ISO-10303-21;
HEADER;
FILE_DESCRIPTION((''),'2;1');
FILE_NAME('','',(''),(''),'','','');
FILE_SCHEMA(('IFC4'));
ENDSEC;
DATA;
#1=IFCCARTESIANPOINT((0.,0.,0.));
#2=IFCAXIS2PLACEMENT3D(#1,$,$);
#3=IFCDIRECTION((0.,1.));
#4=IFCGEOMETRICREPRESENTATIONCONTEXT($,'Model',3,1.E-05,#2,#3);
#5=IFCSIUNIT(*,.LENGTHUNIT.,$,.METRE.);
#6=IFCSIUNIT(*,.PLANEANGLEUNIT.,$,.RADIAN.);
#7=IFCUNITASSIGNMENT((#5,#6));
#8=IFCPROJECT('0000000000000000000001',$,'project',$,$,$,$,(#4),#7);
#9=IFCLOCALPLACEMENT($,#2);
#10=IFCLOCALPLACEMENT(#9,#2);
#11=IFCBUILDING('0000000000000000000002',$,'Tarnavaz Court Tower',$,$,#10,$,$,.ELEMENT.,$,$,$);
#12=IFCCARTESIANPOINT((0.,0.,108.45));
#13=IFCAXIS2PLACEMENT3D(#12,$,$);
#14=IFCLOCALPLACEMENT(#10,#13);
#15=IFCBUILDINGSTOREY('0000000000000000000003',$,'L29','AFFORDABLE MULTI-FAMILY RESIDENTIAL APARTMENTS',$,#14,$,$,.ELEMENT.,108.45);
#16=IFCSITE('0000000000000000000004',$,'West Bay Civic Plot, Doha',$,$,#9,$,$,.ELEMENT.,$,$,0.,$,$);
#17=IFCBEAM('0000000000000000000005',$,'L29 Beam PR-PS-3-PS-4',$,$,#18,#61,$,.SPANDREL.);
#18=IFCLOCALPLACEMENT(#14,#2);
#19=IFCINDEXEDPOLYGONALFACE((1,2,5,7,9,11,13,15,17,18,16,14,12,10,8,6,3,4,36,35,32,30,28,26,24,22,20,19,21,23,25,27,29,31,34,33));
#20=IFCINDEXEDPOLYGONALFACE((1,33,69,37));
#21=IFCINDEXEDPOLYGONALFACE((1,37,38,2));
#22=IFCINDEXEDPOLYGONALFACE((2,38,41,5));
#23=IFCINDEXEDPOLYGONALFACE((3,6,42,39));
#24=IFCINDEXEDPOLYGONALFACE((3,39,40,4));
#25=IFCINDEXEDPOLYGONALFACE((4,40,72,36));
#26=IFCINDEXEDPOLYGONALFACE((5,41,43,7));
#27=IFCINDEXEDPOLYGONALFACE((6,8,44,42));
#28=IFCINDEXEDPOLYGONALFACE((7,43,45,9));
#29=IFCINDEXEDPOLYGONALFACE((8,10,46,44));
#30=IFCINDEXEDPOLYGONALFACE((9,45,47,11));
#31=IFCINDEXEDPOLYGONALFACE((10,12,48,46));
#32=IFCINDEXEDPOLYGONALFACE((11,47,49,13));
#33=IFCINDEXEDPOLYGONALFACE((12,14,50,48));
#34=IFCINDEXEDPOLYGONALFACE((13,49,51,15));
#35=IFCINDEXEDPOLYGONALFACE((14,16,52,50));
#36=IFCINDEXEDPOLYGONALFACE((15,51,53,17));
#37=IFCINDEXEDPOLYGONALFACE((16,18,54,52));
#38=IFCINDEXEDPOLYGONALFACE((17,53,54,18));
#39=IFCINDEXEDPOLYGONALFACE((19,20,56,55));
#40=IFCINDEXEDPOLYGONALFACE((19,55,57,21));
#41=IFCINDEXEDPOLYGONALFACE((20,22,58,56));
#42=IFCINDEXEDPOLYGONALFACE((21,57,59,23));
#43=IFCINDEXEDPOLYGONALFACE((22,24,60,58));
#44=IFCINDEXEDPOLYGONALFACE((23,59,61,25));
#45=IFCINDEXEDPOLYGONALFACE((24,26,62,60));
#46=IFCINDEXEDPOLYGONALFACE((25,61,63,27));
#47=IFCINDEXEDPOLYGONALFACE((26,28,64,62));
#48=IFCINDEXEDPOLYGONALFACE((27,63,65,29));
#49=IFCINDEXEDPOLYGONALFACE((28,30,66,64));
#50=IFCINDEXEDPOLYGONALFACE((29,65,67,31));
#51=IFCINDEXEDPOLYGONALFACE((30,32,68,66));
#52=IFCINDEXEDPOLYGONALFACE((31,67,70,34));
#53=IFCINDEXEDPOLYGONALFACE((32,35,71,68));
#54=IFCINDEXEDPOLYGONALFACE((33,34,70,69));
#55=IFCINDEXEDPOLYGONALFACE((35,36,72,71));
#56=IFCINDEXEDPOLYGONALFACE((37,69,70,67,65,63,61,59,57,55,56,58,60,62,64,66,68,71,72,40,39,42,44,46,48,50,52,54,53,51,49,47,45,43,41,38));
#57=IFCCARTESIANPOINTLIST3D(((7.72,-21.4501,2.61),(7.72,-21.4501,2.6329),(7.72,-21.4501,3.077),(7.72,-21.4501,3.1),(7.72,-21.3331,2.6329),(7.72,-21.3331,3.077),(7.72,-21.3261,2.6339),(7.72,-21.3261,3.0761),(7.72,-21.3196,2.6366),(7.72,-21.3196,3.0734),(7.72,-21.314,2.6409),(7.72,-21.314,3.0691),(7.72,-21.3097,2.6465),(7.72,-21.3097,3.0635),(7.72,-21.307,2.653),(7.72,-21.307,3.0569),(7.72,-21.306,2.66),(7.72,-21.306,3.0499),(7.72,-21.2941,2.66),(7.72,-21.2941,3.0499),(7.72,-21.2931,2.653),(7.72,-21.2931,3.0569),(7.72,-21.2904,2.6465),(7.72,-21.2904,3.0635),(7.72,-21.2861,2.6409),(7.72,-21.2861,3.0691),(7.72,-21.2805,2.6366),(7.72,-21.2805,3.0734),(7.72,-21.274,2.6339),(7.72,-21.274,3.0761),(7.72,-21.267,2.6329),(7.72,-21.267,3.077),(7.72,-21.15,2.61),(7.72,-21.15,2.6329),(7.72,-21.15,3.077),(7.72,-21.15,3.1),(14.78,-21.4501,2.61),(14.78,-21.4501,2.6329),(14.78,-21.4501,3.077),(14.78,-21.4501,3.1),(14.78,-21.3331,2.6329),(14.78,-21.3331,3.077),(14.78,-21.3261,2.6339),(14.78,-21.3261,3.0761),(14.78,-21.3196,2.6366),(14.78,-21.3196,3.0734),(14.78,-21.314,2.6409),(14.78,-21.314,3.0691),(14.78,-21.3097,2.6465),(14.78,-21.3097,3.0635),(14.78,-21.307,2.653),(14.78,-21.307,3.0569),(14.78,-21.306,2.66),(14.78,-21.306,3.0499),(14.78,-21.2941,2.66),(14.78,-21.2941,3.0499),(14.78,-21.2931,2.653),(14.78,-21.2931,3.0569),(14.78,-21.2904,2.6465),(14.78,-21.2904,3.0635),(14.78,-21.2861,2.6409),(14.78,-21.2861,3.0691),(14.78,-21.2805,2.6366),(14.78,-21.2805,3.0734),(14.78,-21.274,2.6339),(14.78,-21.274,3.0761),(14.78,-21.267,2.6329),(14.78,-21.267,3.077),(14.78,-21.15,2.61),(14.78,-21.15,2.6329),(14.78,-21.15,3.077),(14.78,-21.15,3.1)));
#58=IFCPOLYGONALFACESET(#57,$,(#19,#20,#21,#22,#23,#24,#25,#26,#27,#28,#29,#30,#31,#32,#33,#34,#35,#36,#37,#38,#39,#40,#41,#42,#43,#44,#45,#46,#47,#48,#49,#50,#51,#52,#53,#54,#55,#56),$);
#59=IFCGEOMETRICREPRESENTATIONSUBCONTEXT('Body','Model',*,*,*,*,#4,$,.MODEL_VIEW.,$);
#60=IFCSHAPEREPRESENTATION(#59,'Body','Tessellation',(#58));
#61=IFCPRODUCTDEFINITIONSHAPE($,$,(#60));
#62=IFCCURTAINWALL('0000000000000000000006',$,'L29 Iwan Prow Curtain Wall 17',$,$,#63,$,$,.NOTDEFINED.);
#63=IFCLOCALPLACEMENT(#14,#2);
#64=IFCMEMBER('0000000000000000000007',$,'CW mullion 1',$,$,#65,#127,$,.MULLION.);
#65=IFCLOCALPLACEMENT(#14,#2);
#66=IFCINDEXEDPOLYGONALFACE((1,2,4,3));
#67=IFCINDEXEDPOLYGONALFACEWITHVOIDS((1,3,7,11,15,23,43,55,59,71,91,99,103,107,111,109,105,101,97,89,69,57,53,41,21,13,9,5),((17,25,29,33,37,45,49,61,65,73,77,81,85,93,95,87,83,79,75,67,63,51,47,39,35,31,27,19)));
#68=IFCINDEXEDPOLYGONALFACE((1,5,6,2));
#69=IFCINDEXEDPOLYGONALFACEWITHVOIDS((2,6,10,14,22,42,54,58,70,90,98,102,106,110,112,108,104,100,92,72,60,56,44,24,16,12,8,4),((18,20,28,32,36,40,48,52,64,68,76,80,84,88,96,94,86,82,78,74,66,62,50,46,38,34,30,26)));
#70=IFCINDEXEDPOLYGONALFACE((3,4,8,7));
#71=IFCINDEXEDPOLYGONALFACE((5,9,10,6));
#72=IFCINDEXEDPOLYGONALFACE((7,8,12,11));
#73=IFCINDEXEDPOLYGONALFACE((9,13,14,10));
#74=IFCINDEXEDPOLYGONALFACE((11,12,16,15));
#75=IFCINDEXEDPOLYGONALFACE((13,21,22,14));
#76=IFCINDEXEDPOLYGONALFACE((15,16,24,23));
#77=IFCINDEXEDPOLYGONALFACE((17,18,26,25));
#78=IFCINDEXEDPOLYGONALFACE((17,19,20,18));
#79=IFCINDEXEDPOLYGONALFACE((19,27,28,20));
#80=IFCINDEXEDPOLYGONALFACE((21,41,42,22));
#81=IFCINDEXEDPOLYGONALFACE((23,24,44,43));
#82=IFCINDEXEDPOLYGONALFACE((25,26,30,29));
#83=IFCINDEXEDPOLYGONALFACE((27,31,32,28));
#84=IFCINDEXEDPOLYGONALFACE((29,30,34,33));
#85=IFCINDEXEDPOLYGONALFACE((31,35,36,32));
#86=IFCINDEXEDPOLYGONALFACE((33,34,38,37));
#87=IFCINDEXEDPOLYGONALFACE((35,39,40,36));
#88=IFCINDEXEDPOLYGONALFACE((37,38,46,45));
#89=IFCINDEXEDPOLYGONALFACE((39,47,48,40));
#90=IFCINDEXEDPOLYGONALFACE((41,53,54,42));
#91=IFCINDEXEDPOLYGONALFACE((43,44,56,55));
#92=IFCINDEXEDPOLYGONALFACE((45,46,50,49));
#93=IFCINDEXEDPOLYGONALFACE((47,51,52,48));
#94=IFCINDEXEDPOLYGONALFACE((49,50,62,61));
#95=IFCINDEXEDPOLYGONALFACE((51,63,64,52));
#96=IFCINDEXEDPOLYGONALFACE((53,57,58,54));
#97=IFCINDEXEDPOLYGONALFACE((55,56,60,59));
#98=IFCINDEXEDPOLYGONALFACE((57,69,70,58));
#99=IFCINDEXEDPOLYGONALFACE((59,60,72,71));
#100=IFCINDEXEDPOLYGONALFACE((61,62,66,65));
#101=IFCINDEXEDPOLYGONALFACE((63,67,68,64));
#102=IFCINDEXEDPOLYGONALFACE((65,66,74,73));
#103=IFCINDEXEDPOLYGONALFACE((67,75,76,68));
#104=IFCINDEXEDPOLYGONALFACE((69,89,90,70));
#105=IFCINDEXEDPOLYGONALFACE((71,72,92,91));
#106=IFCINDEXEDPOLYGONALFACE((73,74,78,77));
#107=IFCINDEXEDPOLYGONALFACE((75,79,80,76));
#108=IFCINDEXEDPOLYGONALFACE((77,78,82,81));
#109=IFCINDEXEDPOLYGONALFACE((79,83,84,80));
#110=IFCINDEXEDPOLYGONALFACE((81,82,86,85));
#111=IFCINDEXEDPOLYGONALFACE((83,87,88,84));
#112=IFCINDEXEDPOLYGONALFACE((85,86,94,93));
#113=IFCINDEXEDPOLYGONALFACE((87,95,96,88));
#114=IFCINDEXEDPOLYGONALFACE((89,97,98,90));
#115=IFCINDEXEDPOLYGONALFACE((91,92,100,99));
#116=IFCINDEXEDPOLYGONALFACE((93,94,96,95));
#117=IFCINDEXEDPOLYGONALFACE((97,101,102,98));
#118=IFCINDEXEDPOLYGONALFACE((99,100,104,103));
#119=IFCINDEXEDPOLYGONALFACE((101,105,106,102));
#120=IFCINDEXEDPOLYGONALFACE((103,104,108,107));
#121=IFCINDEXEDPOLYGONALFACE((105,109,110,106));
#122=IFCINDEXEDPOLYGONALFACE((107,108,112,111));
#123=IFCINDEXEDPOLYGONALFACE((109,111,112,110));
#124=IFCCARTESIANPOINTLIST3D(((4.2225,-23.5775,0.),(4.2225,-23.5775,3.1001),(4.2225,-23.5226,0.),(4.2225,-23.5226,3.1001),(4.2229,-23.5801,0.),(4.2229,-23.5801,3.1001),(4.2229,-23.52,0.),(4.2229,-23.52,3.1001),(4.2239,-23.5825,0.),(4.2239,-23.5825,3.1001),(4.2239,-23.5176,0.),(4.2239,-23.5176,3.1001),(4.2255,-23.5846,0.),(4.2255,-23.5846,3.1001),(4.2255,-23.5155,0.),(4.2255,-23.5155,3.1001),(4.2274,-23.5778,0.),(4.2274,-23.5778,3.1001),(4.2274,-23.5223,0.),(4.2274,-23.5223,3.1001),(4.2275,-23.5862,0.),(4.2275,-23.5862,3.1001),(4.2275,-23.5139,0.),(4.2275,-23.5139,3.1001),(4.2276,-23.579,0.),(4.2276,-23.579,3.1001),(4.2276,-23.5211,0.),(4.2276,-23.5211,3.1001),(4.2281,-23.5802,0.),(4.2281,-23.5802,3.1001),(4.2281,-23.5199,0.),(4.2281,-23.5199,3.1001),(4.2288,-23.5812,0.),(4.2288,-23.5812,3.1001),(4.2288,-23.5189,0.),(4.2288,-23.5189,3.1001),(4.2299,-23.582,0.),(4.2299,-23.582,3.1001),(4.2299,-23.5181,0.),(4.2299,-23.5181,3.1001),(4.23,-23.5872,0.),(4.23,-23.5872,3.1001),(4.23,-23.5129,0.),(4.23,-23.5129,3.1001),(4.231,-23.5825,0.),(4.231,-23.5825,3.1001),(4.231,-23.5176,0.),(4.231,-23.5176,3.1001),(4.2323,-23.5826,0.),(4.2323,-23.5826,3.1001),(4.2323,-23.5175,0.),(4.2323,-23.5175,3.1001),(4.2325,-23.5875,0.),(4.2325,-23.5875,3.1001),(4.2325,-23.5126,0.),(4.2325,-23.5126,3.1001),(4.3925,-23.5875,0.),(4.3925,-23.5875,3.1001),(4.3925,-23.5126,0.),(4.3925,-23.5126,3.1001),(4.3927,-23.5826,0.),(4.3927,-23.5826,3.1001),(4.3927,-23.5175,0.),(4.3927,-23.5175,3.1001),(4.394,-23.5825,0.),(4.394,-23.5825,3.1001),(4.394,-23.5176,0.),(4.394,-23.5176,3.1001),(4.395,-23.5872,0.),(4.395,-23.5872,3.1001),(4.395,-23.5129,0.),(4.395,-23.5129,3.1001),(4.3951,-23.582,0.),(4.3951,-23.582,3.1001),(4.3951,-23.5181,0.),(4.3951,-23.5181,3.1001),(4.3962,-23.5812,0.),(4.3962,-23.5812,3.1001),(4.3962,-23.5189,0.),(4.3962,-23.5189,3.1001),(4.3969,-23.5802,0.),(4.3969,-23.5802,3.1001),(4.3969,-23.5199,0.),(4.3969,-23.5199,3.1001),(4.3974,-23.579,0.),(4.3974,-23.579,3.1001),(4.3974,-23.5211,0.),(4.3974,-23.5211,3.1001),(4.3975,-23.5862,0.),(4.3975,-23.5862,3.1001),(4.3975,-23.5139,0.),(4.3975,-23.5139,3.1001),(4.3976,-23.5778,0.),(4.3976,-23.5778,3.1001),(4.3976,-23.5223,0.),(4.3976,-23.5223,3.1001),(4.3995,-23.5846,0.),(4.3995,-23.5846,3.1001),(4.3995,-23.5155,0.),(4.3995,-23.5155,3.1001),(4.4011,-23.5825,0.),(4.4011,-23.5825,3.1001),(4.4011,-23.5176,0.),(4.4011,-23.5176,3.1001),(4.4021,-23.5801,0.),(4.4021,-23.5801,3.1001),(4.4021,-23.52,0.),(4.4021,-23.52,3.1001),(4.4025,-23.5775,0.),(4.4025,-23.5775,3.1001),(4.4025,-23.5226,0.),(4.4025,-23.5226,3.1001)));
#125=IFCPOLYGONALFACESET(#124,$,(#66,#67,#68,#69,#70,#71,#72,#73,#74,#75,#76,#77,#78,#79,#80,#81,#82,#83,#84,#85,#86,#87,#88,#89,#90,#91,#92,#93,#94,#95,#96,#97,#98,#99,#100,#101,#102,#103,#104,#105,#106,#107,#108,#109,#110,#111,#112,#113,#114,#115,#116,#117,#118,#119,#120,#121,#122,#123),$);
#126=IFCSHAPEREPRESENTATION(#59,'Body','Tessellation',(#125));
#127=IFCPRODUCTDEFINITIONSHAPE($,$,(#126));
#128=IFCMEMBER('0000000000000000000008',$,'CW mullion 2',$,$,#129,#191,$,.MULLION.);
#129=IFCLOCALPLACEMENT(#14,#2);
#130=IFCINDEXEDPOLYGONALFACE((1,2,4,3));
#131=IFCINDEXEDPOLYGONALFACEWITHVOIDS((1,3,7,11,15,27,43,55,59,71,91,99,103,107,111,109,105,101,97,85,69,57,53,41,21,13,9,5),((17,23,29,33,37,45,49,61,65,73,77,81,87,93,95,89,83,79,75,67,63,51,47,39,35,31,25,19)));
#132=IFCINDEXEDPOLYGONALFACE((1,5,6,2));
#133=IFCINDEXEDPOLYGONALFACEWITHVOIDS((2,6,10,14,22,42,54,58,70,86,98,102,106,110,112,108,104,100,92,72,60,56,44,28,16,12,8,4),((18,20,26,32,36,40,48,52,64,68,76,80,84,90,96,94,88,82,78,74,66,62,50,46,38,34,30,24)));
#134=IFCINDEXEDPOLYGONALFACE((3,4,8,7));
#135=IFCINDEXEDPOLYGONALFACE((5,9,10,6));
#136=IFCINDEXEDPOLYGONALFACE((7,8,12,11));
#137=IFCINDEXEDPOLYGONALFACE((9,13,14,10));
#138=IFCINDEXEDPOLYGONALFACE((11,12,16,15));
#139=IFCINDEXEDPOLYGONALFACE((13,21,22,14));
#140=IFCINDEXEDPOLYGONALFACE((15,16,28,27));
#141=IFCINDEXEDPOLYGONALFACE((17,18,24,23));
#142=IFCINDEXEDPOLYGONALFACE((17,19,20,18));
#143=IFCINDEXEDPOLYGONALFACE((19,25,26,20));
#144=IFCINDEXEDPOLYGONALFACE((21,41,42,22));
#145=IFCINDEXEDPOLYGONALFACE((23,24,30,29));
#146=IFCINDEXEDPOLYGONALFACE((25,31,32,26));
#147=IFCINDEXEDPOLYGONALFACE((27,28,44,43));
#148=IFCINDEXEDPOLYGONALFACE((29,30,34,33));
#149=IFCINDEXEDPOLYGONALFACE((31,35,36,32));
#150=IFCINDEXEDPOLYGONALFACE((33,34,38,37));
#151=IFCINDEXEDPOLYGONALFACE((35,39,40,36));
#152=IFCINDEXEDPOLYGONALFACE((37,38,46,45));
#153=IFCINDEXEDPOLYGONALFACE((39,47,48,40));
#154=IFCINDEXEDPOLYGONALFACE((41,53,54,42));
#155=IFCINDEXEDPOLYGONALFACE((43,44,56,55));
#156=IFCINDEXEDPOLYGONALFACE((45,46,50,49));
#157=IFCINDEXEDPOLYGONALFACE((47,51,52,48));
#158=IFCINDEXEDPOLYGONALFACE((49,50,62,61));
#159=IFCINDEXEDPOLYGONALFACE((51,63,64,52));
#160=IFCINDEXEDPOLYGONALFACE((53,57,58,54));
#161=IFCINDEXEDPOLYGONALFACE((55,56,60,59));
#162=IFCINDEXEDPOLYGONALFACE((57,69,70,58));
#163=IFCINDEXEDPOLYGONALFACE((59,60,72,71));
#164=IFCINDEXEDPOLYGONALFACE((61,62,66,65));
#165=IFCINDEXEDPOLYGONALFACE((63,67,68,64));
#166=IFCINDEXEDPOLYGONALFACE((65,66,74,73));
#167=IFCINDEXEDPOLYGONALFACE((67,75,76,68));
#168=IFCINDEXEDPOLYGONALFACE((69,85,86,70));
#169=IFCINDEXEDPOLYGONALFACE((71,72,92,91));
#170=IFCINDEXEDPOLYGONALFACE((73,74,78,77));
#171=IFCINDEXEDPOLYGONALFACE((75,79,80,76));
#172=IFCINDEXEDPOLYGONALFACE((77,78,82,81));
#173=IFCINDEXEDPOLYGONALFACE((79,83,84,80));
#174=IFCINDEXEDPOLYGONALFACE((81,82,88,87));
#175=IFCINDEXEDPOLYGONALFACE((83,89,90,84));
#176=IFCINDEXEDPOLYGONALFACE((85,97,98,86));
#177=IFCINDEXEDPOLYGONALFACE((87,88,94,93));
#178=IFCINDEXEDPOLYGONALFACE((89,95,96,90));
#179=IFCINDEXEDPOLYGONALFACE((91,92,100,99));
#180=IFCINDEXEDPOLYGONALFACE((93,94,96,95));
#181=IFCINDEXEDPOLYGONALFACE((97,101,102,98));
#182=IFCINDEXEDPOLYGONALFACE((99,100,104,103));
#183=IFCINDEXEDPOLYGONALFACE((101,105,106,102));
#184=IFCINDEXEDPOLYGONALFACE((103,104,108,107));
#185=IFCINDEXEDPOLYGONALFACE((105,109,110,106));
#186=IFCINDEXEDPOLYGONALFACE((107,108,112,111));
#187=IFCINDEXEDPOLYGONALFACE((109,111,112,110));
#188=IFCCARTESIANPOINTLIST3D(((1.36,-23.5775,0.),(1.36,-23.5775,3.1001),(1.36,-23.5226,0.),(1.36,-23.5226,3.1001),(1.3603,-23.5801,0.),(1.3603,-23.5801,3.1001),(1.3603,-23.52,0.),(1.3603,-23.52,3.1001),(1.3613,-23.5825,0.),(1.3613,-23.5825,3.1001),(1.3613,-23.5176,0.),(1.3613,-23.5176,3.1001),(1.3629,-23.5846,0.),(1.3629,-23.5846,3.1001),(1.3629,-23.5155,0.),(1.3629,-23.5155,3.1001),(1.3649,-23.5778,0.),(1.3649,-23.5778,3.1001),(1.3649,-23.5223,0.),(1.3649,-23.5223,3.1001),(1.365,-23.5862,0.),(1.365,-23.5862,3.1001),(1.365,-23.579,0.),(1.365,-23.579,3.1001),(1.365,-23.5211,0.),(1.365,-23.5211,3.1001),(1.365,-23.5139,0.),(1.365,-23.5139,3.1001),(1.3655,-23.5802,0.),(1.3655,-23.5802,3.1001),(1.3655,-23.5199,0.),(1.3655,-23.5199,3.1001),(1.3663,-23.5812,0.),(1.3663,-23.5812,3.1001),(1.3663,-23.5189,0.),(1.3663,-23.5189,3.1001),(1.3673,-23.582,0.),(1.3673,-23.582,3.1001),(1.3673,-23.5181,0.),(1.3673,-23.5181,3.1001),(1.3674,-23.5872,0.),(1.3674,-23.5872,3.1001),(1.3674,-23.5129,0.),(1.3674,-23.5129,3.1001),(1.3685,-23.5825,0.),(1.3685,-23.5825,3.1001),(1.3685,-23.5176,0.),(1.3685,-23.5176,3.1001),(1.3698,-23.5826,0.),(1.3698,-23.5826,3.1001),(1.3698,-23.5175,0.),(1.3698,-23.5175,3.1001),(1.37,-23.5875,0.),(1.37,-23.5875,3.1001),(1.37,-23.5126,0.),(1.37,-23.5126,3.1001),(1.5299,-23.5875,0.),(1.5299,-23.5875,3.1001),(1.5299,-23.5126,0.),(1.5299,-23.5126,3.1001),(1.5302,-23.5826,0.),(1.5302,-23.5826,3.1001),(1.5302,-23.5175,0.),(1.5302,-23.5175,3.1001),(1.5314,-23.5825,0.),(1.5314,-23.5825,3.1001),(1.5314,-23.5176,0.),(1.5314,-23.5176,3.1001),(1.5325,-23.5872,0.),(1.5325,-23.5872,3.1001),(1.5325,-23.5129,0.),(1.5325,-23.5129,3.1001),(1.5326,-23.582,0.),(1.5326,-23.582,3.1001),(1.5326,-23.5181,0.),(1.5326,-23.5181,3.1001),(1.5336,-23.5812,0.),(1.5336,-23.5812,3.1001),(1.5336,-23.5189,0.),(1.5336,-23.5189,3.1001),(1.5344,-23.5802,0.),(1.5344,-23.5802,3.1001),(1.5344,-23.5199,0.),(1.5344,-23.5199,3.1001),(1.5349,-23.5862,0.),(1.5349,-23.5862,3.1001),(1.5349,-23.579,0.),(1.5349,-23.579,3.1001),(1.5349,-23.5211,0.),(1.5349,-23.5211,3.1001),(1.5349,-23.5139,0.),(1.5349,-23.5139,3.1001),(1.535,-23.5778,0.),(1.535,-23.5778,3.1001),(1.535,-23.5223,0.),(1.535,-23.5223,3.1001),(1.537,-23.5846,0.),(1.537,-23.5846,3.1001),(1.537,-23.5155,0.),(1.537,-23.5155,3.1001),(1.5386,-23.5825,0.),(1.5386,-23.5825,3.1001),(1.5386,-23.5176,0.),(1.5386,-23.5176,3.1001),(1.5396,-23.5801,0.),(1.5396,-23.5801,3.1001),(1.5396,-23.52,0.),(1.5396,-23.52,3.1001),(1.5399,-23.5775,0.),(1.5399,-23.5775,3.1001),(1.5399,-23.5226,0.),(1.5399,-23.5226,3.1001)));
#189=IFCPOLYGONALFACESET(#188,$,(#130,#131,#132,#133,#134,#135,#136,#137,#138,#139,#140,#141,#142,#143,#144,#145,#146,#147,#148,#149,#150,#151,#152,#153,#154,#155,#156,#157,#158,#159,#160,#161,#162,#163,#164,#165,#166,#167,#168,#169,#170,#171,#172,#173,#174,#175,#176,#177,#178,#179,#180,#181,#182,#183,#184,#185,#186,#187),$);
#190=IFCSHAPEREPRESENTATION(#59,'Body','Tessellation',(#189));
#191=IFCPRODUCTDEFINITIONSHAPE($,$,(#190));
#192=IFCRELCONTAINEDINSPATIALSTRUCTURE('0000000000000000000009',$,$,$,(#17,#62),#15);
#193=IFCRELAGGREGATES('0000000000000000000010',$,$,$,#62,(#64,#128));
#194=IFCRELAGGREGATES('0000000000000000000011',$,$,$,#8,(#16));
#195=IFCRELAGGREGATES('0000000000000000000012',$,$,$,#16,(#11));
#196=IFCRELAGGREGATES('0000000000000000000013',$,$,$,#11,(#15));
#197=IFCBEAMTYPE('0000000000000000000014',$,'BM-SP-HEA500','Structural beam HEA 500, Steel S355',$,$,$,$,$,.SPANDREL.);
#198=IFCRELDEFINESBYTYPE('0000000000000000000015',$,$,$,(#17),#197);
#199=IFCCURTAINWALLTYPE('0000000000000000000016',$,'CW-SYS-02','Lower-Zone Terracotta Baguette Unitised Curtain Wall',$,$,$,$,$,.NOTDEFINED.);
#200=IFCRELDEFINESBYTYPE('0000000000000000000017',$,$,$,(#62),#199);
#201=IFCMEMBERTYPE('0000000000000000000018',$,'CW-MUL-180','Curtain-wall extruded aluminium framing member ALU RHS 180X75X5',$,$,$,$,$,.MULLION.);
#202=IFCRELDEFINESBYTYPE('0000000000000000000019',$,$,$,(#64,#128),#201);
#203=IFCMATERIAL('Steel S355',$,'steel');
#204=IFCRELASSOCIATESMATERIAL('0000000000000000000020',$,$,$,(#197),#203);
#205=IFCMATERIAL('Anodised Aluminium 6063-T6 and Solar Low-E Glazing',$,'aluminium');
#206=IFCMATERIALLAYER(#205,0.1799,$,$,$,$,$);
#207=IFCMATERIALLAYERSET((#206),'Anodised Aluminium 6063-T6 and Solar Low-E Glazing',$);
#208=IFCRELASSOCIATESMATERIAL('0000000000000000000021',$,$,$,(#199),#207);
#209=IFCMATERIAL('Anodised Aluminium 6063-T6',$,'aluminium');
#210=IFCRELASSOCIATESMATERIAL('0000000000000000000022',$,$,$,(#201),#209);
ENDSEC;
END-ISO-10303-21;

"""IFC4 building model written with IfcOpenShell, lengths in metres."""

from ifc_helpers import new_model, si_unit, direction, frame, origin, origin_2d, place, context, subcontext, project, spatial, hollow_rectangle, i_section, extrude, material, layer, layer_set, material_profile, profile_set, type_object, element, aggregate, save


model = new_model("IFC4")

# Units and contexts
model_context = context("Model", 3, precision=1e-05, world=origin(), true_north=direction((0.0, 1.0)))
body_context = subcontext(model_context, "Body", "Model", "MODEL_VIEW")
ifc_project = project(units=[si_unit("LENGTHUNIT", "METRE"), si_unit("PLANEANGLEUNIT", "RADIAN")], contexts=[model_context])

# Site, building, storey
site_placement = place(None, origin())
site = spatial("IfcSite", under=ifc_project, at=site_placement, Name="West Bay Civic Plot, Doha", CompositionType="ELEMENT", RefElevation=0.0)
building_placement = place(site_placement, origin())
building = spatial("IfcBuilding", under=site, at=building_placement, Name="Tarnavaz Court Tower", CompositionType="ELEMENT")
storey_placement = place(building_placement, frame((0.0, 0.0, 108.45)))
storey = spatial("IfcBuildingStorey", under=building, at=storey_placement, Name="L29", Description="AFFORDABLE MULTI-FAMILY RESIDENTIAL APARTMENTS", CompositionType="ELEMENT", Elevation=108.45)

# Beam
ifc_material_1 = material(Name="Steel S355", Category="steel")
ifc_material_profile_1 = material_profile(ifc_material_1, i_section(OverallWidth=0.3, OverallDepth=0.49, WebThickness=0.012, FlangeThickness=0.0229, FilletRadius=0.0271, at=origin_2d()), Name="HEA 500")
ifc_profile_set_1 = profile_set([ifc_material_profile_1], Name="Steel S355")
beam_type_1 = type_object("IfcBeamType", Name="BM-SP-HEA500", Description="Structural beam HEA 500, Steel S355", PredefinedType="SPANDREL", material=ifc_profile_set_1)
beam_placement = place(storey_placement, frame((7.72, -21.3, 2.855), z_axis=(1.0, 0.0, 0.0), x_axis=(0.0, 1.0, 0.0)))
element("IfcBeam", 1, at=beam_placement, inside=storey, type_object=beam_type_1, Name="L29 Beam PR-PS-3-PS-4", PredefinedType="SPANDREL", context=body_context, shape_type="SweptSolid", body=[
    extrude(i_section(OverallWidth=0.3, OverallDepth=0.49, WebThickness=0.012, FlangeThickness=0.0229, FilletRadius=0.0271, at=origin_2d()), origin(), (0.0, 0.0, 1.0), 7.0601),
])

# Curtain wall, members
ifc_material_2 = material(Name="Anodised Aluminium 6063-T6 and Solar Low-E Glazing", Category="aluminium")
ifc_layer_1 = layer(ifc_material_2, 0.1799)
ifc_layer_set_1 = layer_set([ifc_layer_1], Name="Anodised Aluminium 6063-T6 and Solar Low-E Glazing")
curtain_wall_type = type_object("IfcCurtainWallType", Name="CW-SYS-02", Description="Lower-Zone Terracotta Baguette Unitised Curtain Wall", PredefinedType="NOTDEFINED", material=ifc_layer_set_1)
curtain_wall_placement = place(storey_placement, origin())
curtain_wall = element("IfcCurtainWall", 2, at=curtain_wall_placement, inside=storey, type_object=curtain_wall_type, Name="L29 Iwan Prow Curtain Wall 17", PredefinedType="NOTDEFINED")
ifc_material_3 = material(Name="Anodised Aluminium 6063-T6", Category="aluminium")
ifc_material_profile_2 = material_profile(ifc_material_3, hollow_rectangle(XDim=0.075, YDim=0.1799, WallThickness=0.0049, InnerFilletRadius=0.0049, OuterFilletRadius=0.01, at=origin_2d()), Name="ALU RHS 180X75X5")
ifc_profile_set_2 = profile_set([ifc_material_profile_2], Name="Anodised Aluminium 6063-T6")
member_type_1 = type_object("IfcMemberType", Name="CW-MUL-180", Description="Curtain-wall extruded aluminium framing member ALU RHS 180X75X5", PredefinedType="MULLION", material=ifc_profile_set_2)
member_1_placement = place(storey_placement, frame((4.3125, -23.55, 0.0), z_axis=(0.0, 0.0, 1.0), x_axis=(0.0, -1.0, 0.0)))
member_1 = element("IfcMember", 3, at=member_1_placement, type_object=member_type_1, Name="CW mullion 1", PredefinedType="MULLION", context=body_context, shape_type="SweptSolid", body=[
    extrude(hollow_rectangle(XDim=0.075, YDim=0.1799, WallThickness=0.0049, InnerFilletRadius=0.0049, OuterFilletRadius=0.01, at=origin_2d()), origin(), (0.0, 0.0, 1.0), 3.1001),
])
member_2_placement = place(storey_placement, frame((1.45, -23.55, 0.0), z_axis=(0.0, 0.0, 1.0), x_axis=(0.0, -1.0, 0.0)))
member_2 = element("IfcMember", 4, at=member_2_placement, type_object=member_type_1, Name="CW mullion 2", PredefinedType="MULLION", context=body_context, shape_type="SweptSolid", body=[
    extrude(hollow_rectangle(XDim=0.075, YDim=0.1799, WallThickness=0.0049, InnerFilletRadius=0.0049, OuterFilletRadius=0.01, at=origin_2d()), origin(), (0.0, 0.0, 1.0), 3.1001),
])
aggregate(curtain_wall, [member_1, member_2])

save(model, "model.ifc")
